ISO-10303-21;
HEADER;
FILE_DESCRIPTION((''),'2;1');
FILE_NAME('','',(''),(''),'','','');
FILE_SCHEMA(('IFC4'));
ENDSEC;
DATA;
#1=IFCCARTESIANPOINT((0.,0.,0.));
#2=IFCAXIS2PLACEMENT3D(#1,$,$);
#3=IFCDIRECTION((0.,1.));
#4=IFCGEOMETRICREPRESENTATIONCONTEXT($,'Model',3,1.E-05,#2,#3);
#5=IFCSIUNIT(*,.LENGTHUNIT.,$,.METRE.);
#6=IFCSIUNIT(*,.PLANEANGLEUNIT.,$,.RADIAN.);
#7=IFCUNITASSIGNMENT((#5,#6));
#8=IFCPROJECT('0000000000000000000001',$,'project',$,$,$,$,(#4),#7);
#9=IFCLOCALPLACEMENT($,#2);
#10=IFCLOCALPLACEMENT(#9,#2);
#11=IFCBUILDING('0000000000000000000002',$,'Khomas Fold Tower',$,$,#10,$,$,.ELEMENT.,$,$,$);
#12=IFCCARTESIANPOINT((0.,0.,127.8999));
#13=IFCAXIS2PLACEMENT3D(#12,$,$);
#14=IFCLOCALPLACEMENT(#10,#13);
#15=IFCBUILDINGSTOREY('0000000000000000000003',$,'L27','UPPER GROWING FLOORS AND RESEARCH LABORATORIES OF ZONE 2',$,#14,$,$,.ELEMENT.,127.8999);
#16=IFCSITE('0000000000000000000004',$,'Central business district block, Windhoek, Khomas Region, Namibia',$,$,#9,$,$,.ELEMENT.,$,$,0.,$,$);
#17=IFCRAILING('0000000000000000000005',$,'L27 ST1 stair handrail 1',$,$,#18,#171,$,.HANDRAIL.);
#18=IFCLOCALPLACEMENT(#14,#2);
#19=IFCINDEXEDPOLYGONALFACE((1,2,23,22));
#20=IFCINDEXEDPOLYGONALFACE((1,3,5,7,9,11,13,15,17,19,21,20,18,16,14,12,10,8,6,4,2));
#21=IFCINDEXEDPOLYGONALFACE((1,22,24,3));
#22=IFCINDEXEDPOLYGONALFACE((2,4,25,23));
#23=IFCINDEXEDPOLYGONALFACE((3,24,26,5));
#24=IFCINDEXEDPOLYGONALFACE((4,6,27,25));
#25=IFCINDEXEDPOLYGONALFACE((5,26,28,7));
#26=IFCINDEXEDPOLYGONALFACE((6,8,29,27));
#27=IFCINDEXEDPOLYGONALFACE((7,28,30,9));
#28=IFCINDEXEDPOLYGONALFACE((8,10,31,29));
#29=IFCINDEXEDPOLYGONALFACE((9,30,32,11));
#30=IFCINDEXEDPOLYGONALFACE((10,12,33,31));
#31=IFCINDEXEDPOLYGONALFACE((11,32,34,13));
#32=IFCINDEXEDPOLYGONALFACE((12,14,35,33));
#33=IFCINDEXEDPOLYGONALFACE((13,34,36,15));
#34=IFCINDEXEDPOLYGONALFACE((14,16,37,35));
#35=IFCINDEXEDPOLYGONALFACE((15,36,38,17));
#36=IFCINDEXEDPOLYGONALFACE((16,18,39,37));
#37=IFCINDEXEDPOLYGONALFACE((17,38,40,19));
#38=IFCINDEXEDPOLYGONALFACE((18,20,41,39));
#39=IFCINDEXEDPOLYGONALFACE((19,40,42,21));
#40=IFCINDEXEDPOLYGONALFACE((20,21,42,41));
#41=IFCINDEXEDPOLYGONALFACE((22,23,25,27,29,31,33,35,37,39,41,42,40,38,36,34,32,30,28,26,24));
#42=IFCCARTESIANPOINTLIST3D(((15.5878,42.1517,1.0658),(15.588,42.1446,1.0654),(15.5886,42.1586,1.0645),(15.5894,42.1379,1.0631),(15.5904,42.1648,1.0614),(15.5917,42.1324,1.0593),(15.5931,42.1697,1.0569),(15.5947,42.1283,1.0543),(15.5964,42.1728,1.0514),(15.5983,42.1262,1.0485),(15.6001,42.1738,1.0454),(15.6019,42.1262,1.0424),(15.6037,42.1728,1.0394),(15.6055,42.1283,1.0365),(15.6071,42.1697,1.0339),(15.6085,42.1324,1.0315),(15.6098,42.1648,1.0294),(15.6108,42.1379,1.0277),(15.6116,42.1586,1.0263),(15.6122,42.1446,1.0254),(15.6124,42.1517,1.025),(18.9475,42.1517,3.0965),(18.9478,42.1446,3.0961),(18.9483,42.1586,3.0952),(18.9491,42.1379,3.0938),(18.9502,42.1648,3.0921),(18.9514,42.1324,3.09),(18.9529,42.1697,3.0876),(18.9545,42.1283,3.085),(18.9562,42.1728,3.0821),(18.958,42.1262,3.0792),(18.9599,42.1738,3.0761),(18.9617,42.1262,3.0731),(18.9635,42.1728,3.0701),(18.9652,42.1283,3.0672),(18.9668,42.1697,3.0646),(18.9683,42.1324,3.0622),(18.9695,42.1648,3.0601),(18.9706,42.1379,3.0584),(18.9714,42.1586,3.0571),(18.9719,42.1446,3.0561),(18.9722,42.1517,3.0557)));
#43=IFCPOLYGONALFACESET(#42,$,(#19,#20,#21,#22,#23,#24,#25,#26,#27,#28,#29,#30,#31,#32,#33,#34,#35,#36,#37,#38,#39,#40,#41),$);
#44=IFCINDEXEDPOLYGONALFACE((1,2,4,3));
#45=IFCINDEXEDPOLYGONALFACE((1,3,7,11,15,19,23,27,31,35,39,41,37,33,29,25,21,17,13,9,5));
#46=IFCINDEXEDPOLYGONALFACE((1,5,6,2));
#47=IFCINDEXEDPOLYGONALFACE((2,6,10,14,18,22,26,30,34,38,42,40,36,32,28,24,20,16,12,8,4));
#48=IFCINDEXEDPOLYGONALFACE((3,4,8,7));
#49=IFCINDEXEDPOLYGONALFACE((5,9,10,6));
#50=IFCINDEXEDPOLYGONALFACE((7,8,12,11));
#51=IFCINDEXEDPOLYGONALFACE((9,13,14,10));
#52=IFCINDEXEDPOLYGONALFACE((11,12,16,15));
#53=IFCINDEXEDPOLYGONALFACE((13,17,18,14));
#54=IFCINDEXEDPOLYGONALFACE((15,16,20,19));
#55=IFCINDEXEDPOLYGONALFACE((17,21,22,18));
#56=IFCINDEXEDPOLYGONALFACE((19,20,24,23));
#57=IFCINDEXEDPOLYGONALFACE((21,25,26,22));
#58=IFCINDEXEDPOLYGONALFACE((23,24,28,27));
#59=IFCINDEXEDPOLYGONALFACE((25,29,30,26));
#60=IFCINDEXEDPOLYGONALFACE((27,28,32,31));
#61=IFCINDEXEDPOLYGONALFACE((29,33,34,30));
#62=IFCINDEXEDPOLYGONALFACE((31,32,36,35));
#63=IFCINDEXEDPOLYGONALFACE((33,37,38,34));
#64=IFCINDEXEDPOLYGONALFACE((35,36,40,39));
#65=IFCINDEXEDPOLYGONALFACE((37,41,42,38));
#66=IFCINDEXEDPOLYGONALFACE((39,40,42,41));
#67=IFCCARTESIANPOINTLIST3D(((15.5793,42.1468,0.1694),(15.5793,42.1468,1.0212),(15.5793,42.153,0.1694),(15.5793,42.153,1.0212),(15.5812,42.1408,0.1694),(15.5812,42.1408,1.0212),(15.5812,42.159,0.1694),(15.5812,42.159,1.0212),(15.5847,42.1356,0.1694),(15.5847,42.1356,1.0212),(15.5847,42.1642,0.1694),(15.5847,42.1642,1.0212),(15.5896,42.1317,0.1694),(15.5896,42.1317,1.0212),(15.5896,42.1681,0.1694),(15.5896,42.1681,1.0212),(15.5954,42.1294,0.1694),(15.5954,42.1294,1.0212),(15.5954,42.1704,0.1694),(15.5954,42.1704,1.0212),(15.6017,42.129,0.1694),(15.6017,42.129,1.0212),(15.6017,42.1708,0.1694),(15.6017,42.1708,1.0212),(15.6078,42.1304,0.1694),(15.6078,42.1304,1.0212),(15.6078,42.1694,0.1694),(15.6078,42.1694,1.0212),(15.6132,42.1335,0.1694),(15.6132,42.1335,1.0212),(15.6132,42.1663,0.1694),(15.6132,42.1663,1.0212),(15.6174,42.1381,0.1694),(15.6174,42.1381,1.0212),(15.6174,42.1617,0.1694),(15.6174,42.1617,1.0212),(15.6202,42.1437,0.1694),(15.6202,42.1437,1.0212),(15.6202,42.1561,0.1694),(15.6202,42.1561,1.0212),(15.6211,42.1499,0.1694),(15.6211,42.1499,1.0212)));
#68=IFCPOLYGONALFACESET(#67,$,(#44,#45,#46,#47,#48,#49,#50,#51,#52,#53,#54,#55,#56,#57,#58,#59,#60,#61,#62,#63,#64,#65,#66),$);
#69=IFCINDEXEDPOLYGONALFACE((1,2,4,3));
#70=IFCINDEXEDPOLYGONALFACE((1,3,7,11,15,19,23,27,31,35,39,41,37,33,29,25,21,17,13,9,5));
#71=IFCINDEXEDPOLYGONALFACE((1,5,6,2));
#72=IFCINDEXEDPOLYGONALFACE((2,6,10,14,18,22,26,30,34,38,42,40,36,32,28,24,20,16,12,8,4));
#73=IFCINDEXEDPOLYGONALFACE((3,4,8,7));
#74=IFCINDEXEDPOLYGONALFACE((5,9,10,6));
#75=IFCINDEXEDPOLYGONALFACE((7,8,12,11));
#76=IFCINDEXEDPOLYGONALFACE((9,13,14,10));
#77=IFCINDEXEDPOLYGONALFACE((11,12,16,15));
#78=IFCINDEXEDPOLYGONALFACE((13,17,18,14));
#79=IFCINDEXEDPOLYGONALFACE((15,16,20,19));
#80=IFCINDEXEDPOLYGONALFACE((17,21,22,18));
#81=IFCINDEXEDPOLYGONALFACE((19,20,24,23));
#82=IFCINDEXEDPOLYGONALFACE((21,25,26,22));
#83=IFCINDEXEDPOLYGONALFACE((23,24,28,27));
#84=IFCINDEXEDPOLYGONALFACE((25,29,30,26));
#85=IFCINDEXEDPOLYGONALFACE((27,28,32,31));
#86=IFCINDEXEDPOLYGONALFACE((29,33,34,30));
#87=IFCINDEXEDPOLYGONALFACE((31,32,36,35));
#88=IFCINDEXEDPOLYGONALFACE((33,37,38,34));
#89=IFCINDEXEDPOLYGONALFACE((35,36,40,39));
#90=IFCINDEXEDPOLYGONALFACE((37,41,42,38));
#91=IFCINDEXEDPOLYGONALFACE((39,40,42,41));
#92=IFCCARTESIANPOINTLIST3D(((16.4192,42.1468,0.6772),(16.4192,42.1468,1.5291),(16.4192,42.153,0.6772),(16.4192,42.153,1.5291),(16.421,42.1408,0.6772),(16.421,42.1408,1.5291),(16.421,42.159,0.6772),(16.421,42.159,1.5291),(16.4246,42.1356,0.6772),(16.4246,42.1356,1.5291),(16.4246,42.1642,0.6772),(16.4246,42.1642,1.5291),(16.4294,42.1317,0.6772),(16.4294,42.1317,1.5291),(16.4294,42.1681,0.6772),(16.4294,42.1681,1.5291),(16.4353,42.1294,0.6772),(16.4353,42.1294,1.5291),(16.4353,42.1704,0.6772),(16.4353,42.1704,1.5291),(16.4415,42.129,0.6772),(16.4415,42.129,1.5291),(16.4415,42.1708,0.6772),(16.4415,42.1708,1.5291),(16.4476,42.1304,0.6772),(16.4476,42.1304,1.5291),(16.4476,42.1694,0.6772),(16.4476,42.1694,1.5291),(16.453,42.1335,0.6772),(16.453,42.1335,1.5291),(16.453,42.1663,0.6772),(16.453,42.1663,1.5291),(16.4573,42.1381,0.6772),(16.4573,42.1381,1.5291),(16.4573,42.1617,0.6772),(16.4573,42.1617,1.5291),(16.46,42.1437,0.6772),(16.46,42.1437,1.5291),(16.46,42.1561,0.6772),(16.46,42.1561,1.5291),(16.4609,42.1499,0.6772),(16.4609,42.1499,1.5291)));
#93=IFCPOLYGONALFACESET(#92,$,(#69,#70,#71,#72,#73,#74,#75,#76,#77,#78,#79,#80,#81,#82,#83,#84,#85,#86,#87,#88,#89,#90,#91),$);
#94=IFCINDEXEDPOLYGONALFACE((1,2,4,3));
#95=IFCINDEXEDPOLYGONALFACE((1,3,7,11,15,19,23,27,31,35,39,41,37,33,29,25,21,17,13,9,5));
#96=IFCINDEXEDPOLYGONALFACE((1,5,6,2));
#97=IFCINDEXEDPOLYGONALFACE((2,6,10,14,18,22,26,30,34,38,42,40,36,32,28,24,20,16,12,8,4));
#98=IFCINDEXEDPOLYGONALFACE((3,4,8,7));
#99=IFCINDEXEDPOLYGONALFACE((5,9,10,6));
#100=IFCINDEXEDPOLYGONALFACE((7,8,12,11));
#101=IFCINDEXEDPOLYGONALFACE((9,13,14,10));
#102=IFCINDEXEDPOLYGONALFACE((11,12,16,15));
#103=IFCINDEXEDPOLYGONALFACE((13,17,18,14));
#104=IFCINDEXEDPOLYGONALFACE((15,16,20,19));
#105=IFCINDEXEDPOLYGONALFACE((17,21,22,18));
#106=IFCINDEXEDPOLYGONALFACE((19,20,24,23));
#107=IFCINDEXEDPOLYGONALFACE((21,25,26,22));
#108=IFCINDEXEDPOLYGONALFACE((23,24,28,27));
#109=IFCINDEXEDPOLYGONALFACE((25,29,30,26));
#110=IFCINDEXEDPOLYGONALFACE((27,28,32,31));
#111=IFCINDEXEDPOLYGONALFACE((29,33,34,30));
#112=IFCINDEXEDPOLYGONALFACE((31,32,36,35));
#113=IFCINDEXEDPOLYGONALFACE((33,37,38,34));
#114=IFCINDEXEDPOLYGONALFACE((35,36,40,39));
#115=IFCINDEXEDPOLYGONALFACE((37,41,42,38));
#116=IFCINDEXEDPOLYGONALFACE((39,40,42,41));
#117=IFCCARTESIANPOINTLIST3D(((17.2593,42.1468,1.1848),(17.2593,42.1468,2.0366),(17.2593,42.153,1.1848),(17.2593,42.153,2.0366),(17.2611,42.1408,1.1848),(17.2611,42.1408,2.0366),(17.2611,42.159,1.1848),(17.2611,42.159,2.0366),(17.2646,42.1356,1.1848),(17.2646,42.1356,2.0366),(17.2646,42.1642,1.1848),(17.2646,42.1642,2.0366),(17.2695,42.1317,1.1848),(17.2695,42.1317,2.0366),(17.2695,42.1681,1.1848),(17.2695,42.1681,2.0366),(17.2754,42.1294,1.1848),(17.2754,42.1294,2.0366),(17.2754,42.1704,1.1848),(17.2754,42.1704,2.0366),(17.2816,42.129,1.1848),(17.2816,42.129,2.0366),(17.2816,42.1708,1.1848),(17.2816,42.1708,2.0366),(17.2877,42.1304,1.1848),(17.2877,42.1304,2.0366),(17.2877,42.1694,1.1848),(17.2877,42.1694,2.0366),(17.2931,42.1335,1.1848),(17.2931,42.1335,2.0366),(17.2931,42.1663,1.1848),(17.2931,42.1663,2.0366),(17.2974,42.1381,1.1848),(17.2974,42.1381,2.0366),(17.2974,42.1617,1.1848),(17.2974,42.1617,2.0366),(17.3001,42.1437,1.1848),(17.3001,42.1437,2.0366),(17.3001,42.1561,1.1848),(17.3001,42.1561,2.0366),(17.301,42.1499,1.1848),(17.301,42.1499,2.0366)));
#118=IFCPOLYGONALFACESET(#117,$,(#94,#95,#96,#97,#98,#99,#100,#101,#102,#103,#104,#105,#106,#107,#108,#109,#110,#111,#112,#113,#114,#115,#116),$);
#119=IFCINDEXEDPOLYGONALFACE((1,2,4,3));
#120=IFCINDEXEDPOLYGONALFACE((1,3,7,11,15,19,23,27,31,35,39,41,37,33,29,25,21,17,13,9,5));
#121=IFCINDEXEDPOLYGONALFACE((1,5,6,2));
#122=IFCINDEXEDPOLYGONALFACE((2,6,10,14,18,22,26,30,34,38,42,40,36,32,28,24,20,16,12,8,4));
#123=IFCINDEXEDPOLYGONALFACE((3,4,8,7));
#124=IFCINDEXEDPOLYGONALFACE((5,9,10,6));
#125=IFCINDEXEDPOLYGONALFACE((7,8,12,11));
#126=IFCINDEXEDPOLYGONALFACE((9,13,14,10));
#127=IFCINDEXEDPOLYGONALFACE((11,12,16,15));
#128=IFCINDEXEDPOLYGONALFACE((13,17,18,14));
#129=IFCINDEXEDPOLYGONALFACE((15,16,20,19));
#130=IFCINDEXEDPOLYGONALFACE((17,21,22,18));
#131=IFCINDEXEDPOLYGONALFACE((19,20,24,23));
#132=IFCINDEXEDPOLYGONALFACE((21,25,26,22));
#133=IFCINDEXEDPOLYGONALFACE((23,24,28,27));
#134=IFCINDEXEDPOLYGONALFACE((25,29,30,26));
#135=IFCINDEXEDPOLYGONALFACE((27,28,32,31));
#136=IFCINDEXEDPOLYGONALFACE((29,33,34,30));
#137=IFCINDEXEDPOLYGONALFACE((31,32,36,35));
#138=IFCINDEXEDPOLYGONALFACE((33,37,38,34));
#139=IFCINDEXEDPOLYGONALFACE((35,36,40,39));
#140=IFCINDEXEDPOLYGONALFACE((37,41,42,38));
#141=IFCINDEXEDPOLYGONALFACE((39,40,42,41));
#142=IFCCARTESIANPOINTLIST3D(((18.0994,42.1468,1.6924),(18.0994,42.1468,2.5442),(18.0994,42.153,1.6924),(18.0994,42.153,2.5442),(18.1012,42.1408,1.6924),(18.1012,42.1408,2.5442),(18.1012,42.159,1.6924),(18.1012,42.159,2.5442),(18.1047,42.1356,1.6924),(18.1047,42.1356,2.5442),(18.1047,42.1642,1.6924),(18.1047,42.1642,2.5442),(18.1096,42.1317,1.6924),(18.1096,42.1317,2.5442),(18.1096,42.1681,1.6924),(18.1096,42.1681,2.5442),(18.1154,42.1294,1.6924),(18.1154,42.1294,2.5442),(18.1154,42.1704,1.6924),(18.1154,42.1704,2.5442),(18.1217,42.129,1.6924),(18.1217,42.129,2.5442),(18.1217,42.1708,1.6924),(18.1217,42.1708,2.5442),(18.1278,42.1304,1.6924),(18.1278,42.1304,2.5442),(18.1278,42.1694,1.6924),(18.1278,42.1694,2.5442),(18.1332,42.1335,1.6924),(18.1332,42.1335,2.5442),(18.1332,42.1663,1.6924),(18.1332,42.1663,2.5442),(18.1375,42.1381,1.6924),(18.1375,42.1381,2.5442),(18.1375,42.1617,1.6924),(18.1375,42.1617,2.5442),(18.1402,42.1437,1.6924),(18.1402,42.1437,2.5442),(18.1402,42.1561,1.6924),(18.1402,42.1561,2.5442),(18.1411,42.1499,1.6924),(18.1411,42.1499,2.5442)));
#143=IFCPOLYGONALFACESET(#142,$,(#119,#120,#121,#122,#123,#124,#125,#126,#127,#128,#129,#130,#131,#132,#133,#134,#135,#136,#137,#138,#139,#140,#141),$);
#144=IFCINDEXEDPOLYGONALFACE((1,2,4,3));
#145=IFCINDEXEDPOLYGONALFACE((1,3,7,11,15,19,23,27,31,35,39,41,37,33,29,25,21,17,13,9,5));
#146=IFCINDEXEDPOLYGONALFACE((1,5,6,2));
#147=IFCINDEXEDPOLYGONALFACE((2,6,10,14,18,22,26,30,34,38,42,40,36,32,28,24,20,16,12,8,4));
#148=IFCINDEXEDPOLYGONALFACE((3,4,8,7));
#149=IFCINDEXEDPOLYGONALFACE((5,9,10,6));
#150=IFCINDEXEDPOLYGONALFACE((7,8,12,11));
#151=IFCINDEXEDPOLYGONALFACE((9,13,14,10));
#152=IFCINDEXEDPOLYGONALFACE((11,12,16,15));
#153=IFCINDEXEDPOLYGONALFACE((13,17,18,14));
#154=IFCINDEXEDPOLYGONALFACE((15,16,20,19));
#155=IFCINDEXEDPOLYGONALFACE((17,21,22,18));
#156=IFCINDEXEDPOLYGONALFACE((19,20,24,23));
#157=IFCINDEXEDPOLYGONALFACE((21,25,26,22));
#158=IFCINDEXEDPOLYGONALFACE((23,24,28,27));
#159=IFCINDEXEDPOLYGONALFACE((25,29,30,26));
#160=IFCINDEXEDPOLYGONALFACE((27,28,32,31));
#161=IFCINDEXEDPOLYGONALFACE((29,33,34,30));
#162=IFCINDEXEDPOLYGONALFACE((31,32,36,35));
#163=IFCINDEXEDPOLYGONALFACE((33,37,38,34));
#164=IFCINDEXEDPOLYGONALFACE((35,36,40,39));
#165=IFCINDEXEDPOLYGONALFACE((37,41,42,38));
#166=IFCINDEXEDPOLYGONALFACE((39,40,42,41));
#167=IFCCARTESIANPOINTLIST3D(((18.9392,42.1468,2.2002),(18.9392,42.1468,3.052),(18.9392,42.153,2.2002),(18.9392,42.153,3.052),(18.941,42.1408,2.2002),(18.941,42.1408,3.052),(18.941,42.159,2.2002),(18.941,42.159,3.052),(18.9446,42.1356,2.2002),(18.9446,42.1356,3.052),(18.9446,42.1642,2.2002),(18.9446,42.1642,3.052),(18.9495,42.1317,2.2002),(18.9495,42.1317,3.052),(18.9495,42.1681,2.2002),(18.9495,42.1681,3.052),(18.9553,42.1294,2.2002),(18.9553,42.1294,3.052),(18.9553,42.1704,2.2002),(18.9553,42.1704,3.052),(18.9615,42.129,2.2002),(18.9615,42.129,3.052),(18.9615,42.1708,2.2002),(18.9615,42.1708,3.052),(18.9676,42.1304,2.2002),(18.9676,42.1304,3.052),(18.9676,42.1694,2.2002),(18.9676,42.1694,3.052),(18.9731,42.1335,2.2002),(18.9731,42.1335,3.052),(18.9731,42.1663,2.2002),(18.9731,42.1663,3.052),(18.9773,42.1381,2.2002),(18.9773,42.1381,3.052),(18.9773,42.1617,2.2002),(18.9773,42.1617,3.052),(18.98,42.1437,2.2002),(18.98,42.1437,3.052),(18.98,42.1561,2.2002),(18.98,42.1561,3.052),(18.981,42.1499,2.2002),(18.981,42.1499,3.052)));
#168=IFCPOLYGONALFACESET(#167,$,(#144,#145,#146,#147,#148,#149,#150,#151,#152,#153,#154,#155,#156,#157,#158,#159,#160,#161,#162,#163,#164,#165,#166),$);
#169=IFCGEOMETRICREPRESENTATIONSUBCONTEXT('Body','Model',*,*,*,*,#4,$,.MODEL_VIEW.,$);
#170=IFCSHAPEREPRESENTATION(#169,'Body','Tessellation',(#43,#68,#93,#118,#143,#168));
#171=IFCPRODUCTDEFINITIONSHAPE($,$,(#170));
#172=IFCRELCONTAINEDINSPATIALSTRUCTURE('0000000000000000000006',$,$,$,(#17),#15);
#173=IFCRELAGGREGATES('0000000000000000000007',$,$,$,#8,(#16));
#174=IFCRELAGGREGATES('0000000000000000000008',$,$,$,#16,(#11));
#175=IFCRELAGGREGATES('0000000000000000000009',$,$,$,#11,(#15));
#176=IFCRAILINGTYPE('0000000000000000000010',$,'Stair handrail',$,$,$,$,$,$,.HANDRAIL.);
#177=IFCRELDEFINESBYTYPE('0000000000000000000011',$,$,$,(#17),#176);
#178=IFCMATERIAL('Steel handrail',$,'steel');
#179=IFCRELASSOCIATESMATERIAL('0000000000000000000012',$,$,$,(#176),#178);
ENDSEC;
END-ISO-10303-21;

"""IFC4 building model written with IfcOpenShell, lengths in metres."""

from ifc_helpers import new_model, si_unit, direction, frame, origin, origin_2d, place, context, subcontext, project, spatial, circle, extrude, source, transform, mapped, material, type_object, element, save


model = new_model("IFC4")

# Units and contexts
model_context = context("Model", 3, precision=1e-05, world=origin(), true_north=direction((0.0, 1.0)))
body_context = subcontext(model_context, "Body", "Model", "MODEL_VIEW")
ifc_project = project(units=[si_unit("LENGTHUNIT", "METRE"), si_unit("PLANEANGLEUNIT", "RADIAN")], contexts=[model_context])

# Site, building, storey
site_placement = place(None, origin())
site = spatial("IfcSite", under=ifc_project, at=site_placement, Name="Central business district block, Windhoek, Khomas Region, Namibia", CompositionType="ELEMENT", RefElevation=0.0)
building_placement = place(site_placement, origin())
building = spatial("IfcBuilding", under=site, at=building_placement, Name="Khomas Fold Tower", CompositionType="ELEMENT")
storey_placement = place(building_placement, frame((0.0, 0.0, 127.8999)))
storey = spatial("IfcBuildingStorey", under=building, at=storey_placement, Name="L27", Description="UPPER GROWING FLOORS AND RESEARCH LABORATORIES OF ZONE 2", CompositionType="ELEMENT", Elevation=127.8999)

# Railing
ifc_material_1 = material(Name="Steel handrail", Category="steel")
railing_type = type_object("IfcRailingType", Name="Stair handrail", PredefinedType="HANDRAIL", material=ifc_material_1)
shared_shape_1 = source(origin(), body_context, "Body", "SweptSolid", [
    extrude(circle(Radius=0.0239, at=origin_2d()), frame((0.0, 0.0, 0.876), z_axis=(0.85582, 0.0, 0.517273), x_axis=(0.0, 1.0, 0.0)), (0.0, 0.0, 1.0), 3.9258),
    extrude(circle(Radius=0.021, at=origin_2d()), origin(), (0.0, 0.0, 1.0), 0.8518),
    extrude(circle(Radius=0.021, at=origin_2d()), frame((0.8398, 0.0, 0.5078)), (0.0, 0.0, 1.0), 0.8518),
    extrude(circle(Radius=0.021, at=origin_2d()), frame((1.6799, 0.0, 1.0154)), (0.0, 0.0, 1.0), 0.8518),
    extrude(circle(Radius=0.021, at=origin_2d()), frame((2.52, 0.0, 1.5229)), (0.0, 0.0, 1.0), 0.8518),
    extrude(circle(Radius=0.021, at=origin_2d()), frame((3.3599, 0.0, 2.0308)), (0.0, 0.0, 1.0), 0.8518),
])
railing_placement = place(storey_placement, frame((15.6001, 42.1499, 0.1694)))
element("IfcRailing", 1, at=railing_placement, inside=storey, type_object=railing_type, Name="L27 ST1 stair handrail 1", PredefinedType="HANDRAIL", context=body_context, shape_type="MappedRepresentation", body=[
    mapped(shared_shape_1, transform((0.0, 0.0, 0.0))),
])

save(model, "model.ifc")
